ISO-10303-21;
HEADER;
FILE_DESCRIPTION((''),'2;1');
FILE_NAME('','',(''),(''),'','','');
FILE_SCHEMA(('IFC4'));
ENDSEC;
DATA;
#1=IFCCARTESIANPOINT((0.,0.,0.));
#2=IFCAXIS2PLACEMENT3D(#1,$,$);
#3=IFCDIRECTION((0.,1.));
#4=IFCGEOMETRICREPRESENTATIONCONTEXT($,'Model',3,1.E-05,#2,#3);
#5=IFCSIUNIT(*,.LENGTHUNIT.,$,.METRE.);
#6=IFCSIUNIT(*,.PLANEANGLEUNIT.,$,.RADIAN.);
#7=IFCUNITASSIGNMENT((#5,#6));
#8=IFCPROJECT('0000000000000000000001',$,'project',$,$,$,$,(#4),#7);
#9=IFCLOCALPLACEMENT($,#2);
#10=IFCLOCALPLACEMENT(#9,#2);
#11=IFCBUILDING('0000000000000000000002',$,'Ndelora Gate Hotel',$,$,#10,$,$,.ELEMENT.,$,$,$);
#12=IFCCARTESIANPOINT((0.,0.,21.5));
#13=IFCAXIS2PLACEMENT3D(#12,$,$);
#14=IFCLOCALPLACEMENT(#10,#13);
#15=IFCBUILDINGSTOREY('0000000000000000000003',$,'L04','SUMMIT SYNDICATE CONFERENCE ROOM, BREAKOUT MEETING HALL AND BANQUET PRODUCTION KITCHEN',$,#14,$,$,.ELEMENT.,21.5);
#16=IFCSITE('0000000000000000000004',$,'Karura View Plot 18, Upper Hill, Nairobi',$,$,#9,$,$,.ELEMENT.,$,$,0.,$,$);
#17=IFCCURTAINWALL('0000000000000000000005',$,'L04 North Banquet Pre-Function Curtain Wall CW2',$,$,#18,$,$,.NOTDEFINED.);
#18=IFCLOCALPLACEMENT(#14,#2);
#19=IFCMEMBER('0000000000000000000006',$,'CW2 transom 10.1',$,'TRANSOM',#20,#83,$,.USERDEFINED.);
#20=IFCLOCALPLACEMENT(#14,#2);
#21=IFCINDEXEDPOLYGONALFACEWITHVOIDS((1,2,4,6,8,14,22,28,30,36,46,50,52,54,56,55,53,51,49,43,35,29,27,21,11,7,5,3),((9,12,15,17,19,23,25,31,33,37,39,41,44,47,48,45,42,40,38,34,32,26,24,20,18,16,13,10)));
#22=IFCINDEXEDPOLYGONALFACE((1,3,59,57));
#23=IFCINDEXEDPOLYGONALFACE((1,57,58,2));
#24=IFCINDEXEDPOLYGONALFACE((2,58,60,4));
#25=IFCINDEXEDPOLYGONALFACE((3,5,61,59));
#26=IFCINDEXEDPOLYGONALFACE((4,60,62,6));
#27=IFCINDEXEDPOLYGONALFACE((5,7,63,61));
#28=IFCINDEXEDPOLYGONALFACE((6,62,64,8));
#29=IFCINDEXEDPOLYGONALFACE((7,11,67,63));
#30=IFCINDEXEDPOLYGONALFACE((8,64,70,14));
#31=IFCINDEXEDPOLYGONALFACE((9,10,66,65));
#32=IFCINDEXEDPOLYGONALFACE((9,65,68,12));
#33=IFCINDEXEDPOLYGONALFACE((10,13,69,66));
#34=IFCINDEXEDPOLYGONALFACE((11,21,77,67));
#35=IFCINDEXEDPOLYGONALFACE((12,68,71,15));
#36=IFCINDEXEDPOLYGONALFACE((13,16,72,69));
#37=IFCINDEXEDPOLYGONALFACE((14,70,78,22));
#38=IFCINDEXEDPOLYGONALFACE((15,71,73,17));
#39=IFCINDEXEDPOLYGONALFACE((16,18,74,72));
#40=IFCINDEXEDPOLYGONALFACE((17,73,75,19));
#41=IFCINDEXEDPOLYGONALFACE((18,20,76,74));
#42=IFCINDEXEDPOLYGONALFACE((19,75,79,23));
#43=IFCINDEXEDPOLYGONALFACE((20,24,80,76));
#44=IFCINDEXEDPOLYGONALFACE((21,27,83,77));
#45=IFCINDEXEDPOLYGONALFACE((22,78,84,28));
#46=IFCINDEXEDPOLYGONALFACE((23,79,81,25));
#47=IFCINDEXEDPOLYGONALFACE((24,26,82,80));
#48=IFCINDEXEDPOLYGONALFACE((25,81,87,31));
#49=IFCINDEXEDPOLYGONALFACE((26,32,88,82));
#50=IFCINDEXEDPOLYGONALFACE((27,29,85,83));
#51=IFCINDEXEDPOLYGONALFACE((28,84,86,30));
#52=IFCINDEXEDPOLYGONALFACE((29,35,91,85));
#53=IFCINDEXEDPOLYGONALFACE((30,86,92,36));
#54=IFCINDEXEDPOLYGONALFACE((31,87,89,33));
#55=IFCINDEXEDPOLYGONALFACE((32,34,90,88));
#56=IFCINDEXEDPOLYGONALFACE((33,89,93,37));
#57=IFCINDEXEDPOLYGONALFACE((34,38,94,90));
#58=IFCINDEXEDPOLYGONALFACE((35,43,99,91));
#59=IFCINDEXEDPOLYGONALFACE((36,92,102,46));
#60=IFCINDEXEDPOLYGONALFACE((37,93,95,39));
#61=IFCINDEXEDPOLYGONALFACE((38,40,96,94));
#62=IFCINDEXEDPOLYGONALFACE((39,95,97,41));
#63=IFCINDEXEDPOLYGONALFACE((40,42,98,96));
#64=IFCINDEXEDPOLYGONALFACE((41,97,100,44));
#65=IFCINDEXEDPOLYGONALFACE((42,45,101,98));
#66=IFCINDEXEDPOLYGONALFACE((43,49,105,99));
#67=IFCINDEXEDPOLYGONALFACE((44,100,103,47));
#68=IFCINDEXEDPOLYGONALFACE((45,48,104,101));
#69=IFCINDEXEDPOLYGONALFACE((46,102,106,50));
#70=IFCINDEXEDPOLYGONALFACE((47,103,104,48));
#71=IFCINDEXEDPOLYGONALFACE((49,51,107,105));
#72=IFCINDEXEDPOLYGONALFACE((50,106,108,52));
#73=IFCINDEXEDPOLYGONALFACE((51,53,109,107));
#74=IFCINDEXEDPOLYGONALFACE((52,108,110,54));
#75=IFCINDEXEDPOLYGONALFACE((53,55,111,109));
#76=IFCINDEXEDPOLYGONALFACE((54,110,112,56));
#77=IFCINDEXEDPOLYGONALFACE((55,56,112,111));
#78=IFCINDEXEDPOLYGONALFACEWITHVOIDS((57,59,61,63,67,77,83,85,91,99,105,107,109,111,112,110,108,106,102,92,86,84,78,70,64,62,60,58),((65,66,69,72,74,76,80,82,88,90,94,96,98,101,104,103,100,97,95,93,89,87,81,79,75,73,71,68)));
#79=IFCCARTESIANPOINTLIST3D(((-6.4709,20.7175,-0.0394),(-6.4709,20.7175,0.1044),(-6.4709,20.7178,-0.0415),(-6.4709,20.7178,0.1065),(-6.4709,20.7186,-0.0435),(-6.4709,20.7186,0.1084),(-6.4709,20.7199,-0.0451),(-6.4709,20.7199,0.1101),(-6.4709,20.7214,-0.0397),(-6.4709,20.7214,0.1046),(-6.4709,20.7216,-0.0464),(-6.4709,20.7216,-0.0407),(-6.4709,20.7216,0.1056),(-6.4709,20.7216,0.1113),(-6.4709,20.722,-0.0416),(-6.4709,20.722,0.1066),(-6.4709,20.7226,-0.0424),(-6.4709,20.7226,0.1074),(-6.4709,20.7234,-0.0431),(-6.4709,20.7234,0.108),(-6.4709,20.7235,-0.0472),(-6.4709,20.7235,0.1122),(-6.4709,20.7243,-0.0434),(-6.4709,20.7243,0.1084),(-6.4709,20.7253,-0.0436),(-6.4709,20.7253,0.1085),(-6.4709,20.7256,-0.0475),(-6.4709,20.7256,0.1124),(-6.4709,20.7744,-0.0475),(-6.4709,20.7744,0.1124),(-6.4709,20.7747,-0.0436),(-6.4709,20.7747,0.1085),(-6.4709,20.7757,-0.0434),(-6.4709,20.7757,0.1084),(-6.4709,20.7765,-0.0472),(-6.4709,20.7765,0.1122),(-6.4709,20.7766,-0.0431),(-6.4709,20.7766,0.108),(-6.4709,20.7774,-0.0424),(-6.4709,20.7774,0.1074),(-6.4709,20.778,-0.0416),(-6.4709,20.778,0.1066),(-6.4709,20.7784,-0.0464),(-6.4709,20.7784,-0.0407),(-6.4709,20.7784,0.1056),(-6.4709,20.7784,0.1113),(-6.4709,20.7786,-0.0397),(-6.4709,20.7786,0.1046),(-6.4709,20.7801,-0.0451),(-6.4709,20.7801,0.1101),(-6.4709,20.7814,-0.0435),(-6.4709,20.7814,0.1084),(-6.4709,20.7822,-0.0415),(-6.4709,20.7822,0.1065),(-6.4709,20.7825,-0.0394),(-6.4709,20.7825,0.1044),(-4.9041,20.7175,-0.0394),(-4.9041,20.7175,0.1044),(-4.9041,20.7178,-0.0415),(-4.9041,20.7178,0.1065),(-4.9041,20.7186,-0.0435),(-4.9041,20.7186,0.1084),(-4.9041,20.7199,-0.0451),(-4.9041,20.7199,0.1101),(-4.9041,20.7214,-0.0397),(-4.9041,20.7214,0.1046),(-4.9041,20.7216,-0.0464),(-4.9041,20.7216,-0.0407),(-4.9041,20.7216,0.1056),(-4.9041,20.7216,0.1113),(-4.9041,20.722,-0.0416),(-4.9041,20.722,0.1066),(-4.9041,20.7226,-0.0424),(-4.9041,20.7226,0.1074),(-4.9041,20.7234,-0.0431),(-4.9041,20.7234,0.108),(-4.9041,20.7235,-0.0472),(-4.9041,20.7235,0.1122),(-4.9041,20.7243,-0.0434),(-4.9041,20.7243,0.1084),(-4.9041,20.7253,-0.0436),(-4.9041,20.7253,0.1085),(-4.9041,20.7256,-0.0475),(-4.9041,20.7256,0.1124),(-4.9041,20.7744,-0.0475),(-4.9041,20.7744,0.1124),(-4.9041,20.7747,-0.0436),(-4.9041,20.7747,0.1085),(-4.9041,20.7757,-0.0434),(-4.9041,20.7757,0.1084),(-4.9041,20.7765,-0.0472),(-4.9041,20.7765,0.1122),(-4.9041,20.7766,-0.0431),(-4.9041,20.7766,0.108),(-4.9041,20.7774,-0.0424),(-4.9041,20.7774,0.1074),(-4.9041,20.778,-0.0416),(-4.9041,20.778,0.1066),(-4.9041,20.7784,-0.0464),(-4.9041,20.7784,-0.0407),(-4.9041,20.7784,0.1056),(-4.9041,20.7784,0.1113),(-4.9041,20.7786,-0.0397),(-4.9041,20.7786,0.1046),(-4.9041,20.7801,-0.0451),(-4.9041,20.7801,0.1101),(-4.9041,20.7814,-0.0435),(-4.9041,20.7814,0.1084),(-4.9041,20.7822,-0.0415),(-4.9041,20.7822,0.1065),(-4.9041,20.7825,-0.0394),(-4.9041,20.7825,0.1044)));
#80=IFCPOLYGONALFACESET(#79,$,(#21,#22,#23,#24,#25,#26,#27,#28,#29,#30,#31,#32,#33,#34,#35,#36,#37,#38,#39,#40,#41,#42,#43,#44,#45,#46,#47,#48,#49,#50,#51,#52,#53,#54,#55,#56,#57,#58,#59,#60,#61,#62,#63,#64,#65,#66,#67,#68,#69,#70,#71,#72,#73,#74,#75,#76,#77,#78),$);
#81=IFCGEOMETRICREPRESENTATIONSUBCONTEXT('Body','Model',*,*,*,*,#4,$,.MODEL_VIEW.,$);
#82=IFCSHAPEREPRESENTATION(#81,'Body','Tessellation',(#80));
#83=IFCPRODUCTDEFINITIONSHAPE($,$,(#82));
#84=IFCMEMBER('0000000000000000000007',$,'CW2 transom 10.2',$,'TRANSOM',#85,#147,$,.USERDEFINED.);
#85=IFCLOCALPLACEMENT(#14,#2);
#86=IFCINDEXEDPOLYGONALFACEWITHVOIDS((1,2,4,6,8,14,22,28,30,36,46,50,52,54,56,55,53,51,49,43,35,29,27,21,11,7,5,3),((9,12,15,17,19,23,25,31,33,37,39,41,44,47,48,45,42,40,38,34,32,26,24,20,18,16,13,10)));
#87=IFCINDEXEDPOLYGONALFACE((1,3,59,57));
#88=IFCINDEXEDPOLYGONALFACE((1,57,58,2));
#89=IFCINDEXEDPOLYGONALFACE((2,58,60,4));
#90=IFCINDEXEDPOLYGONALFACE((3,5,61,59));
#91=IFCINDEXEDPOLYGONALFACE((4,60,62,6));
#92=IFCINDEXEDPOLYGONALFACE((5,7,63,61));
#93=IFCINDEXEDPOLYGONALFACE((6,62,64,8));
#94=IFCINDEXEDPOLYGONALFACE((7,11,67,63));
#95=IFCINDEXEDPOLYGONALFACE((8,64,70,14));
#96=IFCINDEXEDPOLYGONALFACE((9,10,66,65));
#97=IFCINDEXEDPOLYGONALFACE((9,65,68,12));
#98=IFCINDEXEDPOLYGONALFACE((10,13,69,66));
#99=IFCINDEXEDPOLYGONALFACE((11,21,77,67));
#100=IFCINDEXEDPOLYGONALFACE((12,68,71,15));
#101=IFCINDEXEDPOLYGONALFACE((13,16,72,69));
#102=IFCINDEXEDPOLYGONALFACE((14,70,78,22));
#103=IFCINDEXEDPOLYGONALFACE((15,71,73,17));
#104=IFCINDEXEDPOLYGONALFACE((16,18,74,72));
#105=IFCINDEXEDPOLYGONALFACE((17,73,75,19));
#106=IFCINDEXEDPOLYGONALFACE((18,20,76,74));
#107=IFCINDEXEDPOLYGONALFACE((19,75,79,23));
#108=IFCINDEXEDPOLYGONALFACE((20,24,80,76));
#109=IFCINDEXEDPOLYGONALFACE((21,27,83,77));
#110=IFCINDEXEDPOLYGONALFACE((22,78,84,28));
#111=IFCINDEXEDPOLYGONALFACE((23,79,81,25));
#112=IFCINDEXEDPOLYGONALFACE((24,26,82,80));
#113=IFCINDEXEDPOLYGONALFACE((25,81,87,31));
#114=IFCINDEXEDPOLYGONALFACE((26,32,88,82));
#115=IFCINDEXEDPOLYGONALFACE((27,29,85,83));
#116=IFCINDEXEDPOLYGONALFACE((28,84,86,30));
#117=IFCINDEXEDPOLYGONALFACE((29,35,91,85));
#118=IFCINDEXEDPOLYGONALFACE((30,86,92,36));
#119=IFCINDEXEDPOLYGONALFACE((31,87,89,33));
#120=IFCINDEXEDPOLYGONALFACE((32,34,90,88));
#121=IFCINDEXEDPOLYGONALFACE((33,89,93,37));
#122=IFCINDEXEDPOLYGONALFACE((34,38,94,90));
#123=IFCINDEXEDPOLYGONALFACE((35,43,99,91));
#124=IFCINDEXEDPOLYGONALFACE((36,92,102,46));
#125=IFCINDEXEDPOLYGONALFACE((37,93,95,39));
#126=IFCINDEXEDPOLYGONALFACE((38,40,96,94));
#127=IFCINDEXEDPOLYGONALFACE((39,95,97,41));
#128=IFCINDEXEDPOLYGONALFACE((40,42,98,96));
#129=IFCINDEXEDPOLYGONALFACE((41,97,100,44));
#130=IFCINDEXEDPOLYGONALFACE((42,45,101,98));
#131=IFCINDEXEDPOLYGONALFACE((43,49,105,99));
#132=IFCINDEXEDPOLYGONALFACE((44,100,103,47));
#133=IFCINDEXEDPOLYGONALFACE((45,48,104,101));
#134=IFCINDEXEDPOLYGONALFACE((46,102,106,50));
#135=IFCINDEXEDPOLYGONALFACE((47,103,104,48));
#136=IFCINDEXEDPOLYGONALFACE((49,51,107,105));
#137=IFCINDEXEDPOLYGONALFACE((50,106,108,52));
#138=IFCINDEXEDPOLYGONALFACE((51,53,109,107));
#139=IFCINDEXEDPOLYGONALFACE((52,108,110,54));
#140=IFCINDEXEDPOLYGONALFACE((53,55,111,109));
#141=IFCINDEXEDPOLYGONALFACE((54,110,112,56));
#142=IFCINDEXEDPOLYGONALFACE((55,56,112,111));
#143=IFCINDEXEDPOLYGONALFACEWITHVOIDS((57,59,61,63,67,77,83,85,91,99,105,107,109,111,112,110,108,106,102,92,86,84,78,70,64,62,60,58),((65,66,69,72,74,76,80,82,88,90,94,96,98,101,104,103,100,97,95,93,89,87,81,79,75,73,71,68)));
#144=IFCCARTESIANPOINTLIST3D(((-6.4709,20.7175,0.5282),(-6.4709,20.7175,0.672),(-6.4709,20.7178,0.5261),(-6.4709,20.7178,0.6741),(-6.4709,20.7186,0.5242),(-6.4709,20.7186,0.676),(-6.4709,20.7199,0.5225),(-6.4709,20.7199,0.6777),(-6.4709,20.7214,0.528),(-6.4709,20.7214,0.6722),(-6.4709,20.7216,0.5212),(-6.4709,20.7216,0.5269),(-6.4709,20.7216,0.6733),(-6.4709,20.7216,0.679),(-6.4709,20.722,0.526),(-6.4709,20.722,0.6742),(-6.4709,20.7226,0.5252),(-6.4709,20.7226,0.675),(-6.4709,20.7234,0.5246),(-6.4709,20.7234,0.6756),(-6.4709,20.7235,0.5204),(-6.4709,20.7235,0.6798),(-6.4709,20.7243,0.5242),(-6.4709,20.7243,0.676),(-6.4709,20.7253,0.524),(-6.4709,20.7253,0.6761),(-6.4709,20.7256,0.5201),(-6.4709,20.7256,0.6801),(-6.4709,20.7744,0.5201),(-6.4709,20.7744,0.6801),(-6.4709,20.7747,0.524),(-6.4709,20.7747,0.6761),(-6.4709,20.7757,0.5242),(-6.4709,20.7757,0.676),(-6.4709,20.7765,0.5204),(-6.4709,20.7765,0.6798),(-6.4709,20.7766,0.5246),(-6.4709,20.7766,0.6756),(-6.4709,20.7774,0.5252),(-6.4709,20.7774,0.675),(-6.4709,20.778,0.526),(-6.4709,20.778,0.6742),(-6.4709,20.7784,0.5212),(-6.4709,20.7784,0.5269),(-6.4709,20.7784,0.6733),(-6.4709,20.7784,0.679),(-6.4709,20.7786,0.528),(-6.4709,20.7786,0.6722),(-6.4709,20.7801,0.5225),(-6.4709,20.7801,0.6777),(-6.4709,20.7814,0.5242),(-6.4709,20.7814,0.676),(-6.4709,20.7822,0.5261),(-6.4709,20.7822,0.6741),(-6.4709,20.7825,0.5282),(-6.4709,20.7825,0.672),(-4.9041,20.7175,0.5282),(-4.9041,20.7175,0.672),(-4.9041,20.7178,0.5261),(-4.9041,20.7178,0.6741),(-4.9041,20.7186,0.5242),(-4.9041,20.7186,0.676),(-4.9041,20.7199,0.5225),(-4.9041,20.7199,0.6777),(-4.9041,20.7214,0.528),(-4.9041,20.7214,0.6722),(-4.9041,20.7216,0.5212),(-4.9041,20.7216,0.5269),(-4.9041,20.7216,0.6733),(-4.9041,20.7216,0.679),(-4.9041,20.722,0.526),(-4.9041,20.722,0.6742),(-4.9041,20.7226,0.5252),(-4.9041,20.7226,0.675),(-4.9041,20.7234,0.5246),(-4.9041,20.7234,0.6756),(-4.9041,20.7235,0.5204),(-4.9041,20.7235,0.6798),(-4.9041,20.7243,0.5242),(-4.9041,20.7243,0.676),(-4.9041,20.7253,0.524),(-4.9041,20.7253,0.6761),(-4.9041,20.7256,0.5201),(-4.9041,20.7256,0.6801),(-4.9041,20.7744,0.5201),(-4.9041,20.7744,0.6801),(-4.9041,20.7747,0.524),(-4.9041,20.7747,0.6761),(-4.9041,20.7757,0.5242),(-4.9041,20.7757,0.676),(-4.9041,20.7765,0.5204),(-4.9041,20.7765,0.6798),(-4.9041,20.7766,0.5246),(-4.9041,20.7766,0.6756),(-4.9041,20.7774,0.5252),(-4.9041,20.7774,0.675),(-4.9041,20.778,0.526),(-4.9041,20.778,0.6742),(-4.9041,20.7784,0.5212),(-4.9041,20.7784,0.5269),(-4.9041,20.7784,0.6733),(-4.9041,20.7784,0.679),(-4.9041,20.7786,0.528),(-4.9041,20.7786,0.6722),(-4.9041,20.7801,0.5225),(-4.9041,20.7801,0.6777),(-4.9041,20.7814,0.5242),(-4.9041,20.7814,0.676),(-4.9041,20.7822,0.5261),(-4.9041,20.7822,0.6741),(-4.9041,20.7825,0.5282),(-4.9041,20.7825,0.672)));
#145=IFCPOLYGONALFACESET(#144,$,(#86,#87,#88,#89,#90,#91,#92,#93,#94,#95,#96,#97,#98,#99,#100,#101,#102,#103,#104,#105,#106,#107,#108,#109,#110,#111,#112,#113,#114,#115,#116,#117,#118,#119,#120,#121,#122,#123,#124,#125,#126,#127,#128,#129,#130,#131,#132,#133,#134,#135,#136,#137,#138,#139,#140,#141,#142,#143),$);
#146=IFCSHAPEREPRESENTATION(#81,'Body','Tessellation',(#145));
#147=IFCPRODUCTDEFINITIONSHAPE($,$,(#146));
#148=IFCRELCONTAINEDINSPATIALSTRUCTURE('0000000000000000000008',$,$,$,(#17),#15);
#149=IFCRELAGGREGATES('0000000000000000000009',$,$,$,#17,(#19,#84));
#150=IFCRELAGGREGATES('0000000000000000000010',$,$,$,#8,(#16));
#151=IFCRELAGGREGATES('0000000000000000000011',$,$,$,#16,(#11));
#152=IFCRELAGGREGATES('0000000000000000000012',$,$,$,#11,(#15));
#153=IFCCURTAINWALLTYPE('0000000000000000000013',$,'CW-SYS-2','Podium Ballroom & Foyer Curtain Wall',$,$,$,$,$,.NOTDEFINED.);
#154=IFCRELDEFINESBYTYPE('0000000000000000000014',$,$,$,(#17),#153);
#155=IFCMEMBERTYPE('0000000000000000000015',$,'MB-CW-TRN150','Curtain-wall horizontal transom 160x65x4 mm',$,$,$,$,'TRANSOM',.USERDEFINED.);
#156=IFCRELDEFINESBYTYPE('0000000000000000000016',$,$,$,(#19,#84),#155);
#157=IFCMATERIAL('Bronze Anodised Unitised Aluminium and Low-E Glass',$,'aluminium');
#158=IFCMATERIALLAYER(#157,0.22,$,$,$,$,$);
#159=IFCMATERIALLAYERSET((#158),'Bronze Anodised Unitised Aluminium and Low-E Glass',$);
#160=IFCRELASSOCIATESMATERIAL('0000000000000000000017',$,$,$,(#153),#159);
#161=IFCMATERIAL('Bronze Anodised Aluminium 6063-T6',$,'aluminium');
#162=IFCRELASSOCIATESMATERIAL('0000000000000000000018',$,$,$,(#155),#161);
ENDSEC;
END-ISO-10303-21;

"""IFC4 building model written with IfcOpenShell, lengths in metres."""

from ifc_helpers import new_model, si_unit, direction, frame, origin, origin_2d, place, context, subcontext, project, spatial, hollow_rectangle, extrude, material, layer, layer_set, material_profile, profile_set, type_object, element, aggregate, save


model = new_model("IFC4")

# Units and contexts
model_context = context("Model", 3, precision=1e-05, world=origin(), true_north=direction((0.0, 1.0)))
body_context = subcontext(model_context, "Body", "Model", "MODEL_VIEW")
ifc_project = project(units=[si_unit("LENGTHUNIT", "METRE"), si_unit("PLANEANGLEUNIT", "RADIAN")], contexts=[model_context])

# Site, building, storey
site_placement = place(None, origin())
site = spatial("IfcSite", under=ifc_project, at=site_placement, Name="Karura View Plot 18, Upper Hill, Nairobi", CompositionType="ELEMENT", RefElevation=0.0)
building_placement = place(site_placement, origin())
building = spatial("IfcBuilding", under=site, at=building_placement, Name="Ndelora Gate Hotel", CompositionType="ELEMENT")
storey_placement = place(building_placement, frame((0.0, 0.0, 21.5)))
storey = spatial("IfcBuildingStorey", under=building, at=storey_placement, Name="L04", Description="SUMMIT SYNDICATE CONFERENCE ROOM, BREAKOUT MEETING HALL AND BANQUET PRODUCTION KITCHEN", CompositionType="ELEMENT", Elevation=21.5)

# Curtain wall, members
ifc_material_1 = material(Name="Bronze Anodised Unitised Aluminium and Low-E Glass", Category="aluminium")
ifc_layer_1 = layer(ifc_material_1, 0.22)
ifc_layer_set_1 = layer_set([ifc_layer_1], Name="Bronze Anodised Unitised Aluminium and Low-E Glass")
curtain_wall_type = type_object("IfcCurtainWallType", Name="CW-SYS-2", Description="Podium Ballroom & Foyer Curtain Wall", PredefinedType="NOTDEFINED", material=ifc_layer_set_1)
curtain_wall_placement = place(storey_placement, origin())
curtain_wall = element("IfcCurtainWall", 1, at=curtain_wall_placement, inside=storey, type_object=curtain_wall_type, Name="L04 North Banquet Pre-Function Curtain Wall CW2", PredefinedType="NOTDEFINED")
ifc_material_2 = material(Name="Bronze Anodised Aluminium 6063-T6", Category="aluminium")
ifc_material_profile_1 = material_profile(ifc_material_2, hollow_rectangle(XDim=0.0649, YDim=0.1599, WallThickness=0.0039, InnerFilletRadius=0.0039, OuterFilletRadius=0.0081, at=origin_2d()), Name="ALU 160x65x4")
ifc_profile_set_1 = profile_set([ifc_material_profile_1], Name="Bronze Anodised Aluminium 6063-T6")
member_type_1 = type_object("IfcMemberType", Name="MB-CW-TRN150", Description="Curtain-wall horizontal transom 160x65x4 mm", ElementType="TRANSOM", PredefinedType="USERDEFINED", material=ifc_profile_set_1)
member_1_placement = place(storey_placement, frame((-4.9041, 20.75, 0.0325), z_axis=(-1.0, 0.0, 0.0), x_axis=(0.0, -1.0, 0.0)))
member_1 = element("IfcMember", 2, at=member_1_placement, type_object=member_type_1, Name="CW2 transom 10.1", ObjectType="TRANSOM", PredefinedType="USERDEFINED", context=body_context, shape_type="SweptSolid", body=[
    extrude(hollow_rectangle(XDim=0.0649, YDim=0.1599, WallThickness=0.0039, InnerFilletRadius=0.0039, OuterFilletRadius=0.0081, at=origin_2d()), origin(), (0.0, 0.0, 1.0), 1.5669),
])
member_2_placement = place(storey_placement, frame((-4.9041, 20.75, 0.6001), z_axis=(-1.0, 0.0, 0.0), x_axis=(0.0, -1.0, 0.0)))
member_2 = element("IfcMember", 3, at=member_2_placement, type_object=member_type_1, Name="CW2 transom 10.2", ObjectType="TRANSOM", PredefinedType="USERDEFINED", context=body_context, shape_type="SweptSolid", body=[
    extrude(hollow_rectangle(XDim=0.0649, YDim=0.1599, WallThickness=0.0039, InnerFilletRadius=0.0039, OuterFilletRadius=0.0081, at=origin_2d()), origin(), (0.0, 0.0, 1.0), 1.5669),
])
aggregate(curtain_wall, [member_1, member_2])

save(model, "model.ifc")
